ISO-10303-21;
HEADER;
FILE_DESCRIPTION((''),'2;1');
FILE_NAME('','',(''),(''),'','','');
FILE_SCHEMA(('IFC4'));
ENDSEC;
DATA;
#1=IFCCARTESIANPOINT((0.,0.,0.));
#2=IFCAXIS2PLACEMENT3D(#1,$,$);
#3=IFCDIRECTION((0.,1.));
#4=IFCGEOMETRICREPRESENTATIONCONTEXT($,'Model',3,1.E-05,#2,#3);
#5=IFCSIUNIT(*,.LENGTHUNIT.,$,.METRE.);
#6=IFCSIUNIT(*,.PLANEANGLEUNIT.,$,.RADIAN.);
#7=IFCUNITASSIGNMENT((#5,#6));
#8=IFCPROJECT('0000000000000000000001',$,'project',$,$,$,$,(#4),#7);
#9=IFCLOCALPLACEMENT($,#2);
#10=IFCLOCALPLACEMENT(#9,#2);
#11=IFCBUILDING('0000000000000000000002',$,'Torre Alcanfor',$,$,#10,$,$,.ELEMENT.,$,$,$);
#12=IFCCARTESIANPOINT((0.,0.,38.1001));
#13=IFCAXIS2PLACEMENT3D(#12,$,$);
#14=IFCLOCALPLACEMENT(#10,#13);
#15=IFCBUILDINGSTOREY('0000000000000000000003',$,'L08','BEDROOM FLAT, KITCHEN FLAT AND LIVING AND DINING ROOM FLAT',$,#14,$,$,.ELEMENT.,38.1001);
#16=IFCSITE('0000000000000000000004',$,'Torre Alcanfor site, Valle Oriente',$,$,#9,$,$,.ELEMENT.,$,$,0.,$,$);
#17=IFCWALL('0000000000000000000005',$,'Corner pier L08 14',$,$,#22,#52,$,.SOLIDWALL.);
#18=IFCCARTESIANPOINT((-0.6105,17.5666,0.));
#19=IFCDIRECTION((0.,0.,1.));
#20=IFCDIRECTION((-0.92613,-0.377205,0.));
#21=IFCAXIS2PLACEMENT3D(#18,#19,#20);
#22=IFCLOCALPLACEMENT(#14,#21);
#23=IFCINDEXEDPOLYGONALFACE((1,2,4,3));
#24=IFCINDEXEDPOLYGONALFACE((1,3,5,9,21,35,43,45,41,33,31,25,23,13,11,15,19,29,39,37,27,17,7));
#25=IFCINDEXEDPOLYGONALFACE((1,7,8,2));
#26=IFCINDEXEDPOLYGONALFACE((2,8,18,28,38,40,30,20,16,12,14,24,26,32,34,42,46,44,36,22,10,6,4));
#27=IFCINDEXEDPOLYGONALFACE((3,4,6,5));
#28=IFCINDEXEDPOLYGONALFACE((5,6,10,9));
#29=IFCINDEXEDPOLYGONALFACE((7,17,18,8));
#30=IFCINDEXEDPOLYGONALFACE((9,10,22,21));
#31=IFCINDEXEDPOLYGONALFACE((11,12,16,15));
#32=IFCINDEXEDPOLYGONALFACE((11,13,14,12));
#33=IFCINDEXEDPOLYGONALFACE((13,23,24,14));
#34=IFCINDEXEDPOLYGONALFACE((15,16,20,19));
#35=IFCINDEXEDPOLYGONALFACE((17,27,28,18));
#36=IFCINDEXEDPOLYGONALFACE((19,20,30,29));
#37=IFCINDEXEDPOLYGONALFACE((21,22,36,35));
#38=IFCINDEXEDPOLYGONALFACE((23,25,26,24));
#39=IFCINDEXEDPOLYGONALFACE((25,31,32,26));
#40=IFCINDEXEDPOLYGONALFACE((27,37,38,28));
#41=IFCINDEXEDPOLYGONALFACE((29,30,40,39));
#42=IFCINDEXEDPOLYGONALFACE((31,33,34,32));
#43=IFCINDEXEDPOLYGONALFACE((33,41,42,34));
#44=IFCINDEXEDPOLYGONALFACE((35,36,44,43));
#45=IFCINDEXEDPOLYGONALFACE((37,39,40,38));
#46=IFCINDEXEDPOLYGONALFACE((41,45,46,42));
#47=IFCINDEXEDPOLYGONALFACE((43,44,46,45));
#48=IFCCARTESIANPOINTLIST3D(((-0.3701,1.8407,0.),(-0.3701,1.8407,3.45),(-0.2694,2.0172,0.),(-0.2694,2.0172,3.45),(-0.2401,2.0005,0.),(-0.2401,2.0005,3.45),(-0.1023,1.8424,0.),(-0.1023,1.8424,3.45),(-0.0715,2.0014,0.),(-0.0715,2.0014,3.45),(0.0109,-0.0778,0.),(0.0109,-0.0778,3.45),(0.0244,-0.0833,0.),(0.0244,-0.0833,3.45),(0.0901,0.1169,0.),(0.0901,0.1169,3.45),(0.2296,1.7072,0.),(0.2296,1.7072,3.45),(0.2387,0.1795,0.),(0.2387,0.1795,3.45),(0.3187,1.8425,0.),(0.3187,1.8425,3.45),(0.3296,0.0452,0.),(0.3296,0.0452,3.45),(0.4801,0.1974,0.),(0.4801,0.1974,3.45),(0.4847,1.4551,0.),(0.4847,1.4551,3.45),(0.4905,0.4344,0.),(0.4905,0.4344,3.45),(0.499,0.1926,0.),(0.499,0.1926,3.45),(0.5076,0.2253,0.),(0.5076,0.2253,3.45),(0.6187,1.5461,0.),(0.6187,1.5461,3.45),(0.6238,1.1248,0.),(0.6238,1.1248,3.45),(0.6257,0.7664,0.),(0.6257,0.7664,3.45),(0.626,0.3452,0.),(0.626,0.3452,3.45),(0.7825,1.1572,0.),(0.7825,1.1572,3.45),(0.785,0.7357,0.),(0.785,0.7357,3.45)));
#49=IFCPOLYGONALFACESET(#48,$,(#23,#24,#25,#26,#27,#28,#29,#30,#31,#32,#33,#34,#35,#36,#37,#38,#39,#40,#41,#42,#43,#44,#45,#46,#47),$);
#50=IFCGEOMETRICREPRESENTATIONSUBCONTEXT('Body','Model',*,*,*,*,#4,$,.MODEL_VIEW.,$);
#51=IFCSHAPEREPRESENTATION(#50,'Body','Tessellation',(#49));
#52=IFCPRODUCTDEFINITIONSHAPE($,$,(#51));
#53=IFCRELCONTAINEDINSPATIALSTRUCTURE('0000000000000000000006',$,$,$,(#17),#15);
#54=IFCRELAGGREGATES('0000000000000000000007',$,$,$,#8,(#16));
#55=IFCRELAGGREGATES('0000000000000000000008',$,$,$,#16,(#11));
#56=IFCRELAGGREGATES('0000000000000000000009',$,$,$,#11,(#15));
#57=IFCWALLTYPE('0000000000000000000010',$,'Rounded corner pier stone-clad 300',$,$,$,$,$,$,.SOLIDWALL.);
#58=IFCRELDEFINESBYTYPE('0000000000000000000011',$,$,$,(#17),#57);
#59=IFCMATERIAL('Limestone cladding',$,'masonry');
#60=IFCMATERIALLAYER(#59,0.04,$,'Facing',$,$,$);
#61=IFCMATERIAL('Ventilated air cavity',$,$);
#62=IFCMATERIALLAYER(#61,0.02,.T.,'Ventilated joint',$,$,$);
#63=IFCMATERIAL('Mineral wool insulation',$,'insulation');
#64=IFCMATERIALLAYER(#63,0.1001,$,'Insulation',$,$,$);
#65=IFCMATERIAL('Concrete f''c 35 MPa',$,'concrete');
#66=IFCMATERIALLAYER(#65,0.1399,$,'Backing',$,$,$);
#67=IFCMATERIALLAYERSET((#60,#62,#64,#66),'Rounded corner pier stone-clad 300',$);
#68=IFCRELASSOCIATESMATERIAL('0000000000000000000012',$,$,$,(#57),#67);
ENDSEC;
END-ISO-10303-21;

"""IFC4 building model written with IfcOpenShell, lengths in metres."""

from ifc_helpers import new_model, si_unit, direction, frame, origin, place, context, subcontext, project, spatial, polyline, outline, extrude, material, layer, layer_set, type_object, element, save


model = new_model("IFC4")

# Units and contexts
model_context = context("Model", 3, precision=1e-05, world=origin(), true_north=direction((0.0, 1.0)))
body_context = subcontext(model_context, "Body", "Model", "MODEL_VIEW")
ifc_project = project(units=[si_unit("LENGTHUNIT", "METRE"), si_unit("PLANEANGLEUNIT", "RADIAN")], contexts=[model_context])

# Site, building, storey
site_placement = place(None, origin())
site = spatial("IfcSite", under=ifc_project, at=site_placement, Name="Torre Alcanfor site, Valle Oriente", CompositionType="ELEMENT", RefElevation=0.0)
building_placement = place(site_placement, origin())
building = spatial("IfcBuilding", under=site, at=building_placement, Name="Torre Alcanfor", CompositionType="ELEMENT")
storey_placement = place(building_placement, frame((0.0, 0.0, 38.1001)))
storey = spatial("IfcBuildingStorey", under=building, at=storey_placement, Name="L08", Description="BEDROOM FLAT, KITCHEN FLAT AND LIVING AND DINING ROOM FLAT", CompositionType="ELEMENT", Elevation=38.1001)

# Wall
ifc_material_1 = material(Name="Limestone cladding", Category="masonry")
ifc_layer_1 = layer(ifc_material_1, 0.04, Name="Facing")
ifc_material_2 = material(Name="Ventilated air cavity")
ifc_layer_2 = layer(ifc_material_2, 0.02, ventilated=True, Name="Ventilated joint")
ifc_material_3 = material(Name="Mineral wool insulation", Category="insulation")
ifc_layer_3 = layer(ifc_material_3, 0.1001, Name="Insulation")
ifc_material_4 = material(Name="Concrete f'c 35 MPa", Category="concrete")
ifc_layer_4 = layer(ifc_material_4, 0.1399, Name="Backing")
ifc_layer_set_1 = layer_set([ifc_layer_1, ifc_layer_2, ifc_layer_3, ifc_layer_4], Name="Rounded corner pier stone-clad 300")
wall_type_1 = type_object("IfcWallType", Name="Rounded corner pier stone-clad 300", PredefinedType="SOLIDWALL", material=ifc_layer_set_1)
wall_1_placement = place(storey_placement, frame((-0.6105, 17.5666, 0.0), z_axis=(0.0, 0.0, 1.0), x_axis=(-0.92613, -0.377205, 0.0)))
element("IfcWall", 1, at=wall_1_placement, inside=storey, type_object=wall_type_1, Name="Corner pier L08 14", PredefinedType="SOLIDWALL", context=body_context, shape_type="SweptSolid", body=[
    extrude(outline(polyline([(-0.2694, 2.0172), (-0.3701, 1.8407), (-0.1023, 1.8424), (0.2296, 1.7072), (0.4847, 1.4551), (0.6238, 1.1248), (0.6257, 0.7664), (0.4905, 0.4344), (0.2387, 0.1795), (0.0901, 0.1169), (0.0109, -0.0778), (0.0244, -0.0833), (0.3296, 0.0452), (0.4801, 0.1974), (0.499, 0.1926), (0.5076, 0.2253), (0.626, 0.3452), (0.785, 0.7357), (0.7825, 1.1572), (0.6187, 1.5461), (0.3187, 1.8425), (-0.0715, 2.0014), (-0.2401, 2.0005), (-0.2694, 2.0172)])), origin(), (0.0, 0.0, 1.0), 3.45),
])

save(model, "model.ifc")
